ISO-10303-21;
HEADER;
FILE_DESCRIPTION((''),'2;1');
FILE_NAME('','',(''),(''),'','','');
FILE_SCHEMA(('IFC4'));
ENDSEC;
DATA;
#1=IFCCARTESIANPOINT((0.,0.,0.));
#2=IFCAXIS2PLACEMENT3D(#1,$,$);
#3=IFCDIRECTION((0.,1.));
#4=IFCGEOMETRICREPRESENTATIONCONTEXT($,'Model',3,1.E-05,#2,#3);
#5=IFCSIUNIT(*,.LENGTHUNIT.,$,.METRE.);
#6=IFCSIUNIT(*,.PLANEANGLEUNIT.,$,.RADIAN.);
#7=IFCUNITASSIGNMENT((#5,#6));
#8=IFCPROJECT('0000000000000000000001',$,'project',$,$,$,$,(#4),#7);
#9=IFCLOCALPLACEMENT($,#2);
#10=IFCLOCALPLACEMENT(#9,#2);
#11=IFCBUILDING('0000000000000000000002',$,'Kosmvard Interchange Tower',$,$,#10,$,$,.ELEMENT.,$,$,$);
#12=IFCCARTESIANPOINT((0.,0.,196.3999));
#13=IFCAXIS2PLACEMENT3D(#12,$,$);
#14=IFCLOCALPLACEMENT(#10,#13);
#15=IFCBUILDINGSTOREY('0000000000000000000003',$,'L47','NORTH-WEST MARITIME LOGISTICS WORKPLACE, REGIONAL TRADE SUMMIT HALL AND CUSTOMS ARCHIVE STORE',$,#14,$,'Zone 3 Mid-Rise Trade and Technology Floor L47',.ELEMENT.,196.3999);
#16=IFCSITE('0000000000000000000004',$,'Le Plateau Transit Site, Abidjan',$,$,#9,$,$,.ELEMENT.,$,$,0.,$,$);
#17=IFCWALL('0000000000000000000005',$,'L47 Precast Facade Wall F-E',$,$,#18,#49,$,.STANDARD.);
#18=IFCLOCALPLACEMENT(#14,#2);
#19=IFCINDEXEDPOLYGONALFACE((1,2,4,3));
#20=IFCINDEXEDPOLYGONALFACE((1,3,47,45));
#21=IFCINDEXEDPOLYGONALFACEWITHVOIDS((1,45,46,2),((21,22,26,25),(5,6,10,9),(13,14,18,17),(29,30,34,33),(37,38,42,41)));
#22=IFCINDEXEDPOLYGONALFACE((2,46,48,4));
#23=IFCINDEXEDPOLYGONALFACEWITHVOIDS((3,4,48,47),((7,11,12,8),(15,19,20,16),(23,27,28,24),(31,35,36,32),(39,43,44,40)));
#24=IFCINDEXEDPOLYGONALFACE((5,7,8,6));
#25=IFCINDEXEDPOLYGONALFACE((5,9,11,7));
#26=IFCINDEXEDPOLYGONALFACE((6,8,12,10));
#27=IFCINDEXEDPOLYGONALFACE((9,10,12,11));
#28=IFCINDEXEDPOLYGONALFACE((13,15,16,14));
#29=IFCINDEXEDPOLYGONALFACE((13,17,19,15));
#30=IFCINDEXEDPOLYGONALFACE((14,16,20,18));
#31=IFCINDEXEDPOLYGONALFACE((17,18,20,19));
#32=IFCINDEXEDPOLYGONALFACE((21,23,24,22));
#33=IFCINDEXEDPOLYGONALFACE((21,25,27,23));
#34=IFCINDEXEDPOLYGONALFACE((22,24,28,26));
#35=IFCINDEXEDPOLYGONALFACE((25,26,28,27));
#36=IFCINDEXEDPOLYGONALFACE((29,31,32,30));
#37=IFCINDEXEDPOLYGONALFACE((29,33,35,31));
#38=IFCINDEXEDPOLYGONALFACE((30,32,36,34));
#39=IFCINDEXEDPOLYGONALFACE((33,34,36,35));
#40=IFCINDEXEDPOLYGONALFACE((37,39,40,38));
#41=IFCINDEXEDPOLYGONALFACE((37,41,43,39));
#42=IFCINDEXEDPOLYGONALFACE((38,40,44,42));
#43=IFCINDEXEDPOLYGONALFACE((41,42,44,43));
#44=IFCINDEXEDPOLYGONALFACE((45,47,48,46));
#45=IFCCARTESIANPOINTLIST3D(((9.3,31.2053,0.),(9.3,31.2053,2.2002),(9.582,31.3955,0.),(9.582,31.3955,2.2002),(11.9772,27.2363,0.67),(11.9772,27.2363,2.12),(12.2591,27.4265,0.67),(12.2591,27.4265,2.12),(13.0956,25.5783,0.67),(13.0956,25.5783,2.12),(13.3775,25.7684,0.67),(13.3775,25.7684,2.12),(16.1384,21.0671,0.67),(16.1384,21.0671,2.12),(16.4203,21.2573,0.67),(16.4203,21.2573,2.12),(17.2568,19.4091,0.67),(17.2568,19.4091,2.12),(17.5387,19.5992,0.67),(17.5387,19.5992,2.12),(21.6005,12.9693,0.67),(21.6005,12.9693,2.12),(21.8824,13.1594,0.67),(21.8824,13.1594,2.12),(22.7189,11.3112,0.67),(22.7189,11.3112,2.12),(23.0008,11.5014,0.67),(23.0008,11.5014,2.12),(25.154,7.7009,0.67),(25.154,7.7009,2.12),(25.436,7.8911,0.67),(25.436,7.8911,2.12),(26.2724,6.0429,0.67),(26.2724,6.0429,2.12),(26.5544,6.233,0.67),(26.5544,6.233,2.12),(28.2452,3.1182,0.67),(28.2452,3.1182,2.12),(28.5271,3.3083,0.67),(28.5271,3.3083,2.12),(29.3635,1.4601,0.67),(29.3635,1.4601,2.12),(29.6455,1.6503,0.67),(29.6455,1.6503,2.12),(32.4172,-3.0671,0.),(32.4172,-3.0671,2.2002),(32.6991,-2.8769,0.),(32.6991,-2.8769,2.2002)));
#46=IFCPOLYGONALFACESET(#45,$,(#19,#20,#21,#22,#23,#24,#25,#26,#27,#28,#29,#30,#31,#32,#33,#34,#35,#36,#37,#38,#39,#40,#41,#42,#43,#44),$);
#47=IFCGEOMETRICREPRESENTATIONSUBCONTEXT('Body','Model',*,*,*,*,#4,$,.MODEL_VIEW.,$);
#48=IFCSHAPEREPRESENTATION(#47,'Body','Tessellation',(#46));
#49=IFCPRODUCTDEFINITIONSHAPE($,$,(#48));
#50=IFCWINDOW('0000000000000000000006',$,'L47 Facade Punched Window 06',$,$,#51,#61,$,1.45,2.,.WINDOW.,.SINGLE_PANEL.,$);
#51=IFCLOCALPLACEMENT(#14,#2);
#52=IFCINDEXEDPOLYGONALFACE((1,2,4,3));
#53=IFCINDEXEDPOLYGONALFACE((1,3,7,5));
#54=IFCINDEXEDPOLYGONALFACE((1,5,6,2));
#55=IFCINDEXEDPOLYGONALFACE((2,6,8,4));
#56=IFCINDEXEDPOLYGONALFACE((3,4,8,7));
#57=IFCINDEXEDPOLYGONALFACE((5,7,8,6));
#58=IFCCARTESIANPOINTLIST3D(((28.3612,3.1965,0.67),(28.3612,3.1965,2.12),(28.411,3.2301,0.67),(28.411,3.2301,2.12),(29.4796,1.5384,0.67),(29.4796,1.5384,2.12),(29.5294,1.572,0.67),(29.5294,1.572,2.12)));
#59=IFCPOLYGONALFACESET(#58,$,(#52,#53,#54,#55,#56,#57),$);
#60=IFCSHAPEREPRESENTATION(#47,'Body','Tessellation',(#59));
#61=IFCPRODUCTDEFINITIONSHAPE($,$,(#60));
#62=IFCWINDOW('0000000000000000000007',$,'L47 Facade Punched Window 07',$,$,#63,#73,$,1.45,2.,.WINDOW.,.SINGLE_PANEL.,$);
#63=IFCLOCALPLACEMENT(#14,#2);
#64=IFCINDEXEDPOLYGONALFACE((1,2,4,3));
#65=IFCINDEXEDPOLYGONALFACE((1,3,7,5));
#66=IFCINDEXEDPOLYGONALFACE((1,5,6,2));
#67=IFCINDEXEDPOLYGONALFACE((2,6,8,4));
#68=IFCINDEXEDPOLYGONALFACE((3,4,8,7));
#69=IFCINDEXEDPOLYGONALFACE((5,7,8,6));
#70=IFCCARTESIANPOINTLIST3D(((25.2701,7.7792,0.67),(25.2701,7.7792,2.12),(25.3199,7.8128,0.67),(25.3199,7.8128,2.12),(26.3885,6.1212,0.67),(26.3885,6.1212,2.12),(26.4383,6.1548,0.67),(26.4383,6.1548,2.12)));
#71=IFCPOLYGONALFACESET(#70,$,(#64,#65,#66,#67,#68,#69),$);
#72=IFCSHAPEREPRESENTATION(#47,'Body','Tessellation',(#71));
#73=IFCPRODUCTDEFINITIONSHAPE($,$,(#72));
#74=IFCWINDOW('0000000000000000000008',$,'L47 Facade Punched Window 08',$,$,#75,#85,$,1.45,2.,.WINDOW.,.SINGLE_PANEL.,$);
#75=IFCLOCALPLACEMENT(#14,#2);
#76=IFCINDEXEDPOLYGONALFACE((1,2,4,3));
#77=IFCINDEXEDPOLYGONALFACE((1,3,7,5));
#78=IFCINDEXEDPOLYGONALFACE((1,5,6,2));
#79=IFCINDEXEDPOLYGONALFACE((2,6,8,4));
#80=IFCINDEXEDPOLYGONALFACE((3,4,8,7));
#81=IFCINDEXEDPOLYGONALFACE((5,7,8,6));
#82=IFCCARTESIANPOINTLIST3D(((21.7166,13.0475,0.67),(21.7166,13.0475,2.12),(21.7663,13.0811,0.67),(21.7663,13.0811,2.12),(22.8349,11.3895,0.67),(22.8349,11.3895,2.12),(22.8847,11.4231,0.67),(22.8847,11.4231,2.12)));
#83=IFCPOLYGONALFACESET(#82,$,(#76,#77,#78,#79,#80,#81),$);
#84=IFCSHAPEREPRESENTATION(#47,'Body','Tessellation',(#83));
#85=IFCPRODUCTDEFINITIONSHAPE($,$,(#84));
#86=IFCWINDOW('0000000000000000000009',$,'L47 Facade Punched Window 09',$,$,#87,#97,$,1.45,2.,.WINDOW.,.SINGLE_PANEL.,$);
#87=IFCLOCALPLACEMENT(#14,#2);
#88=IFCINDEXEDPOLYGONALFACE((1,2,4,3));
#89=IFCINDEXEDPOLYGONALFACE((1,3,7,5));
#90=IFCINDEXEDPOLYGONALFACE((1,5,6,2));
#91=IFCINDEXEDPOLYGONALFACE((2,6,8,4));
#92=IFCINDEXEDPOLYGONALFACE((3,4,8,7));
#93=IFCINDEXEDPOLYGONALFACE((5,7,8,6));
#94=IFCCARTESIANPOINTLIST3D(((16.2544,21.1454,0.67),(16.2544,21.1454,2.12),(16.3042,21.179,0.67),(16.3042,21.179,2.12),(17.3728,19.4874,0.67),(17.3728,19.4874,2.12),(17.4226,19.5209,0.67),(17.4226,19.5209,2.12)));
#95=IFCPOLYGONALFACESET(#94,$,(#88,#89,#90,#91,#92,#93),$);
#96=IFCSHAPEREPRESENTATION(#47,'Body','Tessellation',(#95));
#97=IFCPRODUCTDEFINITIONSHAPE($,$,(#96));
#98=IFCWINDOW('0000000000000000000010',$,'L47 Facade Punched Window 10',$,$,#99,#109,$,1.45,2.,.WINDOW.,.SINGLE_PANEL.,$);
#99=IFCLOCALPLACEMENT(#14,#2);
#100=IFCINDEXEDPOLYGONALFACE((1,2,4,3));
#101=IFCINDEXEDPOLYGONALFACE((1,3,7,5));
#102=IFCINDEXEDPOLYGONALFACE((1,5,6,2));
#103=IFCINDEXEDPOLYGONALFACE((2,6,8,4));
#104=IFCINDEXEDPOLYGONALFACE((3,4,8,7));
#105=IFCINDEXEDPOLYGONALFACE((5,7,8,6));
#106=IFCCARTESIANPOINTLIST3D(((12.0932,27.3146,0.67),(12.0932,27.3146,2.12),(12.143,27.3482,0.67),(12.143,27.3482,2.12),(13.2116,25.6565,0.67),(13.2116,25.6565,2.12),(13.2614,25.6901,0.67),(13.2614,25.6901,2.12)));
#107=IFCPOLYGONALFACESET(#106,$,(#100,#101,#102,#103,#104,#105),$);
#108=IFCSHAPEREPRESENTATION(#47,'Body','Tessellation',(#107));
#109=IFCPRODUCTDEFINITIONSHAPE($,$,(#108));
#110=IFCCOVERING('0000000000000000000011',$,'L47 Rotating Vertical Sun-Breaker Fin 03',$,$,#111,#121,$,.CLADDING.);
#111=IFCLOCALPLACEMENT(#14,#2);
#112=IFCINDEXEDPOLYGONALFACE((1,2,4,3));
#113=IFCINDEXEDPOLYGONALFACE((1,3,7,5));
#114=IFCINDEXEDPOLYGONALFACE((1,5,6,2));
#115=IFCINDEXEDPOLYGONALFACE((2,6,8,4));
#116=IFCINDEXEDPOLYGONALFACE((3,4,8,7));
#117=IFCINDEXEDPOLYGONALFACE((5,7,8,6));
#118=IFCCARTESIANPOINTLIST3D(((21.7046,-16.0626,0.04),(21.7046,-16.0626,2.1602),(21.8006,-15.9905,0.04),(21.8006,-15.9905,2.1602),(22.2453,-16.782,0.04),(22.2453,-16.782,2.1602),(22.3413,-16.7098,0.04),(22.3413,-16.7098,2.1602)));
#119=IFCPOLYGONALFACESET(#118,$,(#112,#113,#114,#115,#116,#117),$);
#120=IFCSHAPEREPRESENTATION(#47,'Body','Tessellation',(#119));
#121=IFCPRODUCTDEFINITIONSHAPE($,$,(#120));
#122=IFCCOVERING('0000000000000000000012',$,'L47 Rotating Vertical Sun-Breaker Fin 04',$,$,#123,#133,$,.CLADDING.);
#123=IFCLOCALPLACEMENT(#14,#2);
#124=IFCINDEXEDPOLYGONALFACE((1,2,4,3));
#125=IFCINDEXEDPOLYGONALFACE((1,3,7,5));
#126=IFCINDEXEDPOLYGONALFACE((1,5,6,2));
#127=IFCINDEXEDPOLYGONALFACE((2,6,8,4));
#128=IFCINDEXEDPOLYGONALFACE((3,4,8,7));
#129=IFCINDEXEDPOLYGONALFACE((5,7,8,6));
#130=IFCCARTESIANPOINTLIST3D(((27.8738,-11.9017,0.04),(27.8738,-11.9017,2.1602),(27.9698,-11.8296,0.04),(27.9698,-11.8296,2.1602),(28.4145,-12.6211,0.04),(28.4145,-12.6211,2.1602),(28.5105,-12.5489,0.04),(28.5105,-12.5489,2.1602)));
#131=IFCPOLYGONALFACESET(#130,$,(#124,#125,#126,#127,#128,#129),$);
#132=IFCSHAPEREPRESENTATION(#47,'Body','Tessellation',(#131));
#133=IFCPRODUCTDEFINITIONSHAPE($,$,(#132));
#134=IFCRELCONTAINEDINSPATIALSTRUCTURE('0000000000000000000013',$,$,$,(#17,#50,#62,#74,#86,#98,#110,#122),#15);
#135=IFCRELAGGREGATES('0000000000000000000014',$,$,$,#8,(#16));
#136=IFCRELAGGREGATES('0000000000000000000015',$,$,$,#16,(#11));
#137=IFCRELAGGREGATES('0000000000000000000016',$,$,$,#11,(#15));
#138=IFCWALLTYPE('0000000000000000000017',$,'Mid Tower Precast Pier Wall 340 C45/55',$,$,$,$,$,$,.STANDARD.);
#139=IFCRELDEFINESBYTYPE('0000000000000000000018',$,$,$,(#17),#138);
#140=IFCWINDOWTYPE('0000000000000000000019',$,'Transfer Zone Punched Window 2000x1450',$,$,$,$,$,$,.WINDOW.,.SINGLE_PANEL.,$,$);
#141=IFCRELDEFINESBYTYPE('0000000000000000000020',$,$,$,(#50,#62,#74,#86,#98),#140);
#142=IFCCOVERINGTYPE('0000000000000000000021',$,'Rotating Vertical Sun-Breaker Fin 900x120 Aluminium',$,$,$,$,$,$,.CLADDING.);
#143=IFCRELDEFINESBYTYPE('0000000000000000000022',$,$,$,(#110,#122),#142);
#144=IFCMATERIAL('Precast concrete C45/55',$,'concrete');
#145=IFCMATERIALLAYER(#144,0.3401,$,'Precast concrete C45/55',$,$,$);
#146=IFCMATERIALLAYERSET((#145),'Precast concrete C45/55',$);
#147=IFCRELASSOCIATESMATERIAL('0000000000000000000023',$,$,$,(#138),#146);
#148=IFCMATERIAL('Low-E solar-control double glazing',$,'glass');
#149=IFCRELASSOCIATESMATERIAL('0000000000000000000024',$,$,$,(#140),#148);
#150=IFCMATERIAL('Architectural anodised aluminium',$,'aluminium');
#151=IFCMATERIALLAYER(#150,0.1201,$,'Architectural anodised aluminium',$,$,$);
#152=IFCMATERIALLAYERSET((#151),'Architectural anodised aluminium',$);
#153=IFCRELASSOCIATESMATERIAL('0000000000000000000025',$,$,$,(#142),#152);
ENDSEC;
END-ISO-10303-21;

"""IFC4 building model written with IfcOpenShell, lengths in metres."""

from ifc_helpers import new_model, si_unit, direction, frame, frame_2d, origin, origin_2d, place, context, subcontext, project, spatial, rectangle, extrude, source, transform, mapped, material, layer, layer_set, type_object, element, fill, save


model = new_model("IFC4")

# Units and contexts
model_context = context("Model", 3, precision=1e-05, world=origin(), true_north=direction((0.0, 1.0)))
body_context = subcontext(model_context, "Body", "Model", "MODEL_VIEW")
ifc_project = project(units=[si_unit("LENGTHUNIT", "METRE"), si_unit("PLANEANGLEUNIT", "RADIAN")], contexts=[model_context])

# Site, building, storey
site_placement = place(None, origin())
site = spatial("IfcSite", under=ifc_project, at=site_placement, Name="Le Plateau Transit Site, Abidjan", CompositionType="ELEMENT", RefElevation=0.0)
building_placement = place(site_placement, origin())
building = spatial("IfcBuilding", under=site, at=building_placement, Name="Kosmvard Interchange Tower", CompositionType="ELEMENT")
storey_placement = place(building_placement, frame((0.0, 0.0, 196.3999)))
storey = spatial("IfcBuildingStorey", under=building, at=storey_placement, Name="L47", Description="NORTH-WEST MARITIME LOGISTICS WORKPLACE, REGIONAL TRADE SUMMIT HALL AND CUSTOMS ARCHIVE STORE", LongName="Zone 3 Mid-Rise Trade and Technology Floor L47", CompositionType="ELEMENT", Elevation=196.3999)

# Shared definitions
ifc_material_1 = material(Name="Precast concrete C45/55", Category="concrete")

# Shared definitions
ifc_layer_1 = layer(ifc_material_1, 0.3401, Name="Precast concrete C45/55")
ifc_layer_set_1 = layer_set([ifc_layer_1], Name="Precast concrete C45/55")
wall_type_1 = type_object("IfcWallType", Name="Mid Tower Precast Pier Wall 340 C45/55", PredefinedType="STANDARD", material=ifc_layer_set_1)

# Wall, openings, windows
wall_1_placement = place(storey_placement, frame((32.5581, -2.9719, 0.0), z_axis=(0.0, 0.0, 1.0), x_axis=(-0.559195, 0.829036, 0.0)))
wall_1 = element("IfcWall", 1, at=wall_1_placement, inside=storey, type_object=wall_type_1, Name="L47 Precast Facade Wall F-E", PredefinedType="STANDARD", context=body_context, shape_type="SweptSolid", body=[
    extrude(rectangle(XDim=41.3401, YDim=0.3401, at=frame_2d((20.6699, 0.0))), origin(), (0.0, 0.0, 1.0), 2.2002),
])
opening_1_placement = place(wall_1_placement, frame((5.4607, 0.0, 0.6699)))
opening_1 = element("IfcOpeningElement", 2, at=opening_1_placement, cuts=wall_1, PredefinedType="OPENING", context=body_context, shape_type="SweptSolid", body=[
    extrude(rectangle(XDim=2.0, YDim=1.45, at=frame_2d((1.0, 0.7251))), frame((0.0, 0.1802, 0.0), z_axis=(0.0, -1.0, 0.0), x_axis=(1.0, 0.0, 0.0)), (0.0, 0.0, 1.0), 0.3601),
])
opening_2_placement = place(wall_1_placement, frame((10.9885, 0.0, 0.6699)))
opening_2 = element("IfcOpeningElement", 3, at=opening_2_placement, cuts=wall_1, PredefinedType="OPENING", context=body_context, shape_type="SweptSolid", body=[
    extrude(rectangle(XDim=2.0, YDim=1.45, at=frame_2d((1.0, 0.7251))), frame((0.0, 0.1802, 0.0), z_axis=(0.0, -1.0, 0.0), x_axis=(1.0, 0.0, 0.0)), (0.0, 0.0, 1.0), 0.3601),
])
opening_3_placement = place(wall_1_placement, frame((17.3433, 0.0, 0.6699)))
opening_3 = element("IfcOpeningElement", 4, at=opening_3_placement, cuts=wall_1, PredefinedType="OPENING", context=body_context, shape_type="SweptSolid", body=[
    extrude(rectangle(XDim=2.0, YDim=1.45, at=frame_2d((1.0, 0.7251))), frame((0.0, 0.1802, 0.0), z_axis=(0.0, -1.0, 0.0), x_axis=(1.0, 0.0, 0.0)), (0.0, 0.0, 1.0), 0.3601),
])
opening_4_placement = place(wall_1_placement, frame((27.1111, 0.0, 0.6699)))
opening_4 = element("IfcOpeningElement", 5, at=opening_4_placement, cuts=wall_1, PredefinedType="OPENING", context=body_context, shape_type="SweptSolid", body=[
    extrude(rectangle(XDim=2.0, YDim=1.45, at=frame_2d((1.0, 0.7251))), frame((0.0, 0.1802, 0.0), z_axis=(0.0, -1.0, 0.0), x_axis=(1.0, 0.0, 0.0)), (0.0, 0.0, 1.0), 0.3601),
])
opening_5_placement = place(wall_1_placement, frame((34.5525, 0.0, 0.6699)))
opening_5 = element("IfcOpeningElement", 6, at=opening_5_placement, cuts=wall_1, PredefinedType="OPENING", context=body_context, shape_type="SweptSolid", body=[
    extrude(rectangle(XDim=2.0, YDim=1.45, at=frame_2d((1.0, 0.7251))), frame((0.0, 0.1802, 0.0), z_axis=(0.0, -1.0, 0.0), x_axis=(1.0, 0.0, 0.0)), (0.0, 0.0, 1.0), 0.3601),
])
ifc_material_2 = material(Name="Low-E solar-control double glazing", Category="glass")
window_type = type_object("IfcWindowType", Name="Transfer Zone Punched Window 2000x1450", PartitioningType="SINGLE_PANEL", PredefinedType="WINDOW", material=ifc_material_2)
shared_shape_1 = source(origin(), body_context, "Body", "SweptSolid", [
    extrude(rectangle(XDim=2.0, YDim=1.45, at=frame_2d((1.0, 0.7251))), frame((0.0, 0.03, 0.0), z_axis=(0.0, -1.0, 0.0), x_axis=(1.0, 0.0, 0.0)), (0.0, 0.0, 1.0), 0.0601),
])
window_1_placement = place(opening_1_placement, origin())
window_1 = element("IfcWindow", 7, at=window_1_placement, inside=storey, type_object=window_type, Name="L47 Facade Punched Window 06", OverallHeight=1.45, OverallWidth=2.0, PartitioningType="SINGLE_PANEL", PredefinedType="WINDOW", context=body_context, shape_type="MappedRepresentation", body=[
    mapped(shared_shape_1, transform((0.0, 0.0, 0.0), scale=1.0)),
])
fill(opening_1, window_1)
window_2_placement = place(opening_2_placement, origin())
window_2 = element("IfcWindow", 8, at=window_2_placement, inside=storey, type_object=window_type, Name="L47 Facade Punched Window 07", OverallHeight=1.45, OverallWidth=2.0, PartitioningType="SINGLE_PANEL", PredefinedType="WINDOW", context=body_context, shape_type="MappedRepresentation", body=[
    mapped(shared_shape_1, transform((0.0, 0.0, 0.0), scale=1.0)),
])
fill(opening_2, window_2)
window_3_placement = place(opening_3_placement, origin())
window_3 = element("IfcWindow", 9, at=window_3_placement, inside=storey, type_object=window_type, Name="L47 Facade Punched Window 08", OverallHeight=1.45, OverallWidth=2.0, PartitioningType="SINGLE_PANEL", PredefinedType="WINDOW", context=body_context, shape_type="MappedRepresentation", body=[
    mapped(shared_shape_1, transform((0.0, 0.0, 0.0), scale=1.0)),
])
fill(opening_3, window_3)
window_4_placement = place(opening_4_placement, origin())
window_4 = element("IfcWindow", 10, at=window_4_placement, inside=storey, type_object=window_type, Name="L47 Facade Punched Window 09", OverallHeight=1.45, OverallWidth=2.0, PartitioningType="SINGLE_PANEL", PredefinedType="WINDOW", context=body_context, shape_type="MappedRepresentation", body=[
    mapped(shared_shape_1, transform((0.0, 0.0, 0.0), scale=1.0)),
])
fill(opening_4, window_4)
window_5_placement = place(opening_5_placement, origin())
window_5 = element("IfcWindow", 11, at=window_5_placement, inside=storey, type_object=window_type, Name="L47 Facade Punched Window 10", OverallHeight=1.45, OverallWidth=2.0, PartitioningType="SINGLE_PANEL", PredefinedType="WINDOW", context=body_context, shape_type="MappedRepresentation", body=[
    mapped(shared_shape_1, transform((0.0, 0.0, 0.0), scale=1.0)),
])
fill(opening_5, window_5)

# Coverings
ifc_material_3 = material(Name="Architectural anodised aluminium", Category="aluminium")
ifc_layer_2 = layer(ifc_material_3, 0.1201, Name="Architectural anodised aluminium")
ifc_layer_set_2 = layer_set([ifc_layer_2], Name="Architectural anodised aluminium")
covering_type = type_object("IfcCoveringType", Name="Rotating Vertical Sun-Breaker Fin 900x120 Aluminium", PredefinedType="CLADDING", material=ifc_layer_set_2)
shared_shape_2 = source(origin(), body_context, "Body", "SweptSolid", [
    extrude(rectangle(XDim=0.8999, YDim=0.1201, at=origin_2d()), origin(), (0.0, 0.0, 1.0), 2.1201),
])
for number, where, z_axis, x_axis, name in (
    (12, (22.0229, -16.3862, 0.04), (0.0, 0.0, 1.0), (0.600839, -0.79937, 0.0), "L47 Rotating Vertical Sun-Breaker Fin 03"),
    (13, (28.1921, -12.2253, 0.04), (0.0, 0.0, 1.0), (0.600839, -0.79937, 0.0), "L47 Rotating Vertical Sun-Breaker Fin 04"),
):
    element("IfcCovering", number, at=place(storey_placement, frame(where, z_axis=z_axis, x_axis=x_axis)), inside=storey, type_object=covering_type, Name=name, PredefinedType="CLADDING", context=body_context, shape_type="MappedRepresentation", body=[
        mapped(shared_shape_2, transform((0.0, 0.0, 0.0), scale=1.0)),
    ])

save(model, "model.ifc")
